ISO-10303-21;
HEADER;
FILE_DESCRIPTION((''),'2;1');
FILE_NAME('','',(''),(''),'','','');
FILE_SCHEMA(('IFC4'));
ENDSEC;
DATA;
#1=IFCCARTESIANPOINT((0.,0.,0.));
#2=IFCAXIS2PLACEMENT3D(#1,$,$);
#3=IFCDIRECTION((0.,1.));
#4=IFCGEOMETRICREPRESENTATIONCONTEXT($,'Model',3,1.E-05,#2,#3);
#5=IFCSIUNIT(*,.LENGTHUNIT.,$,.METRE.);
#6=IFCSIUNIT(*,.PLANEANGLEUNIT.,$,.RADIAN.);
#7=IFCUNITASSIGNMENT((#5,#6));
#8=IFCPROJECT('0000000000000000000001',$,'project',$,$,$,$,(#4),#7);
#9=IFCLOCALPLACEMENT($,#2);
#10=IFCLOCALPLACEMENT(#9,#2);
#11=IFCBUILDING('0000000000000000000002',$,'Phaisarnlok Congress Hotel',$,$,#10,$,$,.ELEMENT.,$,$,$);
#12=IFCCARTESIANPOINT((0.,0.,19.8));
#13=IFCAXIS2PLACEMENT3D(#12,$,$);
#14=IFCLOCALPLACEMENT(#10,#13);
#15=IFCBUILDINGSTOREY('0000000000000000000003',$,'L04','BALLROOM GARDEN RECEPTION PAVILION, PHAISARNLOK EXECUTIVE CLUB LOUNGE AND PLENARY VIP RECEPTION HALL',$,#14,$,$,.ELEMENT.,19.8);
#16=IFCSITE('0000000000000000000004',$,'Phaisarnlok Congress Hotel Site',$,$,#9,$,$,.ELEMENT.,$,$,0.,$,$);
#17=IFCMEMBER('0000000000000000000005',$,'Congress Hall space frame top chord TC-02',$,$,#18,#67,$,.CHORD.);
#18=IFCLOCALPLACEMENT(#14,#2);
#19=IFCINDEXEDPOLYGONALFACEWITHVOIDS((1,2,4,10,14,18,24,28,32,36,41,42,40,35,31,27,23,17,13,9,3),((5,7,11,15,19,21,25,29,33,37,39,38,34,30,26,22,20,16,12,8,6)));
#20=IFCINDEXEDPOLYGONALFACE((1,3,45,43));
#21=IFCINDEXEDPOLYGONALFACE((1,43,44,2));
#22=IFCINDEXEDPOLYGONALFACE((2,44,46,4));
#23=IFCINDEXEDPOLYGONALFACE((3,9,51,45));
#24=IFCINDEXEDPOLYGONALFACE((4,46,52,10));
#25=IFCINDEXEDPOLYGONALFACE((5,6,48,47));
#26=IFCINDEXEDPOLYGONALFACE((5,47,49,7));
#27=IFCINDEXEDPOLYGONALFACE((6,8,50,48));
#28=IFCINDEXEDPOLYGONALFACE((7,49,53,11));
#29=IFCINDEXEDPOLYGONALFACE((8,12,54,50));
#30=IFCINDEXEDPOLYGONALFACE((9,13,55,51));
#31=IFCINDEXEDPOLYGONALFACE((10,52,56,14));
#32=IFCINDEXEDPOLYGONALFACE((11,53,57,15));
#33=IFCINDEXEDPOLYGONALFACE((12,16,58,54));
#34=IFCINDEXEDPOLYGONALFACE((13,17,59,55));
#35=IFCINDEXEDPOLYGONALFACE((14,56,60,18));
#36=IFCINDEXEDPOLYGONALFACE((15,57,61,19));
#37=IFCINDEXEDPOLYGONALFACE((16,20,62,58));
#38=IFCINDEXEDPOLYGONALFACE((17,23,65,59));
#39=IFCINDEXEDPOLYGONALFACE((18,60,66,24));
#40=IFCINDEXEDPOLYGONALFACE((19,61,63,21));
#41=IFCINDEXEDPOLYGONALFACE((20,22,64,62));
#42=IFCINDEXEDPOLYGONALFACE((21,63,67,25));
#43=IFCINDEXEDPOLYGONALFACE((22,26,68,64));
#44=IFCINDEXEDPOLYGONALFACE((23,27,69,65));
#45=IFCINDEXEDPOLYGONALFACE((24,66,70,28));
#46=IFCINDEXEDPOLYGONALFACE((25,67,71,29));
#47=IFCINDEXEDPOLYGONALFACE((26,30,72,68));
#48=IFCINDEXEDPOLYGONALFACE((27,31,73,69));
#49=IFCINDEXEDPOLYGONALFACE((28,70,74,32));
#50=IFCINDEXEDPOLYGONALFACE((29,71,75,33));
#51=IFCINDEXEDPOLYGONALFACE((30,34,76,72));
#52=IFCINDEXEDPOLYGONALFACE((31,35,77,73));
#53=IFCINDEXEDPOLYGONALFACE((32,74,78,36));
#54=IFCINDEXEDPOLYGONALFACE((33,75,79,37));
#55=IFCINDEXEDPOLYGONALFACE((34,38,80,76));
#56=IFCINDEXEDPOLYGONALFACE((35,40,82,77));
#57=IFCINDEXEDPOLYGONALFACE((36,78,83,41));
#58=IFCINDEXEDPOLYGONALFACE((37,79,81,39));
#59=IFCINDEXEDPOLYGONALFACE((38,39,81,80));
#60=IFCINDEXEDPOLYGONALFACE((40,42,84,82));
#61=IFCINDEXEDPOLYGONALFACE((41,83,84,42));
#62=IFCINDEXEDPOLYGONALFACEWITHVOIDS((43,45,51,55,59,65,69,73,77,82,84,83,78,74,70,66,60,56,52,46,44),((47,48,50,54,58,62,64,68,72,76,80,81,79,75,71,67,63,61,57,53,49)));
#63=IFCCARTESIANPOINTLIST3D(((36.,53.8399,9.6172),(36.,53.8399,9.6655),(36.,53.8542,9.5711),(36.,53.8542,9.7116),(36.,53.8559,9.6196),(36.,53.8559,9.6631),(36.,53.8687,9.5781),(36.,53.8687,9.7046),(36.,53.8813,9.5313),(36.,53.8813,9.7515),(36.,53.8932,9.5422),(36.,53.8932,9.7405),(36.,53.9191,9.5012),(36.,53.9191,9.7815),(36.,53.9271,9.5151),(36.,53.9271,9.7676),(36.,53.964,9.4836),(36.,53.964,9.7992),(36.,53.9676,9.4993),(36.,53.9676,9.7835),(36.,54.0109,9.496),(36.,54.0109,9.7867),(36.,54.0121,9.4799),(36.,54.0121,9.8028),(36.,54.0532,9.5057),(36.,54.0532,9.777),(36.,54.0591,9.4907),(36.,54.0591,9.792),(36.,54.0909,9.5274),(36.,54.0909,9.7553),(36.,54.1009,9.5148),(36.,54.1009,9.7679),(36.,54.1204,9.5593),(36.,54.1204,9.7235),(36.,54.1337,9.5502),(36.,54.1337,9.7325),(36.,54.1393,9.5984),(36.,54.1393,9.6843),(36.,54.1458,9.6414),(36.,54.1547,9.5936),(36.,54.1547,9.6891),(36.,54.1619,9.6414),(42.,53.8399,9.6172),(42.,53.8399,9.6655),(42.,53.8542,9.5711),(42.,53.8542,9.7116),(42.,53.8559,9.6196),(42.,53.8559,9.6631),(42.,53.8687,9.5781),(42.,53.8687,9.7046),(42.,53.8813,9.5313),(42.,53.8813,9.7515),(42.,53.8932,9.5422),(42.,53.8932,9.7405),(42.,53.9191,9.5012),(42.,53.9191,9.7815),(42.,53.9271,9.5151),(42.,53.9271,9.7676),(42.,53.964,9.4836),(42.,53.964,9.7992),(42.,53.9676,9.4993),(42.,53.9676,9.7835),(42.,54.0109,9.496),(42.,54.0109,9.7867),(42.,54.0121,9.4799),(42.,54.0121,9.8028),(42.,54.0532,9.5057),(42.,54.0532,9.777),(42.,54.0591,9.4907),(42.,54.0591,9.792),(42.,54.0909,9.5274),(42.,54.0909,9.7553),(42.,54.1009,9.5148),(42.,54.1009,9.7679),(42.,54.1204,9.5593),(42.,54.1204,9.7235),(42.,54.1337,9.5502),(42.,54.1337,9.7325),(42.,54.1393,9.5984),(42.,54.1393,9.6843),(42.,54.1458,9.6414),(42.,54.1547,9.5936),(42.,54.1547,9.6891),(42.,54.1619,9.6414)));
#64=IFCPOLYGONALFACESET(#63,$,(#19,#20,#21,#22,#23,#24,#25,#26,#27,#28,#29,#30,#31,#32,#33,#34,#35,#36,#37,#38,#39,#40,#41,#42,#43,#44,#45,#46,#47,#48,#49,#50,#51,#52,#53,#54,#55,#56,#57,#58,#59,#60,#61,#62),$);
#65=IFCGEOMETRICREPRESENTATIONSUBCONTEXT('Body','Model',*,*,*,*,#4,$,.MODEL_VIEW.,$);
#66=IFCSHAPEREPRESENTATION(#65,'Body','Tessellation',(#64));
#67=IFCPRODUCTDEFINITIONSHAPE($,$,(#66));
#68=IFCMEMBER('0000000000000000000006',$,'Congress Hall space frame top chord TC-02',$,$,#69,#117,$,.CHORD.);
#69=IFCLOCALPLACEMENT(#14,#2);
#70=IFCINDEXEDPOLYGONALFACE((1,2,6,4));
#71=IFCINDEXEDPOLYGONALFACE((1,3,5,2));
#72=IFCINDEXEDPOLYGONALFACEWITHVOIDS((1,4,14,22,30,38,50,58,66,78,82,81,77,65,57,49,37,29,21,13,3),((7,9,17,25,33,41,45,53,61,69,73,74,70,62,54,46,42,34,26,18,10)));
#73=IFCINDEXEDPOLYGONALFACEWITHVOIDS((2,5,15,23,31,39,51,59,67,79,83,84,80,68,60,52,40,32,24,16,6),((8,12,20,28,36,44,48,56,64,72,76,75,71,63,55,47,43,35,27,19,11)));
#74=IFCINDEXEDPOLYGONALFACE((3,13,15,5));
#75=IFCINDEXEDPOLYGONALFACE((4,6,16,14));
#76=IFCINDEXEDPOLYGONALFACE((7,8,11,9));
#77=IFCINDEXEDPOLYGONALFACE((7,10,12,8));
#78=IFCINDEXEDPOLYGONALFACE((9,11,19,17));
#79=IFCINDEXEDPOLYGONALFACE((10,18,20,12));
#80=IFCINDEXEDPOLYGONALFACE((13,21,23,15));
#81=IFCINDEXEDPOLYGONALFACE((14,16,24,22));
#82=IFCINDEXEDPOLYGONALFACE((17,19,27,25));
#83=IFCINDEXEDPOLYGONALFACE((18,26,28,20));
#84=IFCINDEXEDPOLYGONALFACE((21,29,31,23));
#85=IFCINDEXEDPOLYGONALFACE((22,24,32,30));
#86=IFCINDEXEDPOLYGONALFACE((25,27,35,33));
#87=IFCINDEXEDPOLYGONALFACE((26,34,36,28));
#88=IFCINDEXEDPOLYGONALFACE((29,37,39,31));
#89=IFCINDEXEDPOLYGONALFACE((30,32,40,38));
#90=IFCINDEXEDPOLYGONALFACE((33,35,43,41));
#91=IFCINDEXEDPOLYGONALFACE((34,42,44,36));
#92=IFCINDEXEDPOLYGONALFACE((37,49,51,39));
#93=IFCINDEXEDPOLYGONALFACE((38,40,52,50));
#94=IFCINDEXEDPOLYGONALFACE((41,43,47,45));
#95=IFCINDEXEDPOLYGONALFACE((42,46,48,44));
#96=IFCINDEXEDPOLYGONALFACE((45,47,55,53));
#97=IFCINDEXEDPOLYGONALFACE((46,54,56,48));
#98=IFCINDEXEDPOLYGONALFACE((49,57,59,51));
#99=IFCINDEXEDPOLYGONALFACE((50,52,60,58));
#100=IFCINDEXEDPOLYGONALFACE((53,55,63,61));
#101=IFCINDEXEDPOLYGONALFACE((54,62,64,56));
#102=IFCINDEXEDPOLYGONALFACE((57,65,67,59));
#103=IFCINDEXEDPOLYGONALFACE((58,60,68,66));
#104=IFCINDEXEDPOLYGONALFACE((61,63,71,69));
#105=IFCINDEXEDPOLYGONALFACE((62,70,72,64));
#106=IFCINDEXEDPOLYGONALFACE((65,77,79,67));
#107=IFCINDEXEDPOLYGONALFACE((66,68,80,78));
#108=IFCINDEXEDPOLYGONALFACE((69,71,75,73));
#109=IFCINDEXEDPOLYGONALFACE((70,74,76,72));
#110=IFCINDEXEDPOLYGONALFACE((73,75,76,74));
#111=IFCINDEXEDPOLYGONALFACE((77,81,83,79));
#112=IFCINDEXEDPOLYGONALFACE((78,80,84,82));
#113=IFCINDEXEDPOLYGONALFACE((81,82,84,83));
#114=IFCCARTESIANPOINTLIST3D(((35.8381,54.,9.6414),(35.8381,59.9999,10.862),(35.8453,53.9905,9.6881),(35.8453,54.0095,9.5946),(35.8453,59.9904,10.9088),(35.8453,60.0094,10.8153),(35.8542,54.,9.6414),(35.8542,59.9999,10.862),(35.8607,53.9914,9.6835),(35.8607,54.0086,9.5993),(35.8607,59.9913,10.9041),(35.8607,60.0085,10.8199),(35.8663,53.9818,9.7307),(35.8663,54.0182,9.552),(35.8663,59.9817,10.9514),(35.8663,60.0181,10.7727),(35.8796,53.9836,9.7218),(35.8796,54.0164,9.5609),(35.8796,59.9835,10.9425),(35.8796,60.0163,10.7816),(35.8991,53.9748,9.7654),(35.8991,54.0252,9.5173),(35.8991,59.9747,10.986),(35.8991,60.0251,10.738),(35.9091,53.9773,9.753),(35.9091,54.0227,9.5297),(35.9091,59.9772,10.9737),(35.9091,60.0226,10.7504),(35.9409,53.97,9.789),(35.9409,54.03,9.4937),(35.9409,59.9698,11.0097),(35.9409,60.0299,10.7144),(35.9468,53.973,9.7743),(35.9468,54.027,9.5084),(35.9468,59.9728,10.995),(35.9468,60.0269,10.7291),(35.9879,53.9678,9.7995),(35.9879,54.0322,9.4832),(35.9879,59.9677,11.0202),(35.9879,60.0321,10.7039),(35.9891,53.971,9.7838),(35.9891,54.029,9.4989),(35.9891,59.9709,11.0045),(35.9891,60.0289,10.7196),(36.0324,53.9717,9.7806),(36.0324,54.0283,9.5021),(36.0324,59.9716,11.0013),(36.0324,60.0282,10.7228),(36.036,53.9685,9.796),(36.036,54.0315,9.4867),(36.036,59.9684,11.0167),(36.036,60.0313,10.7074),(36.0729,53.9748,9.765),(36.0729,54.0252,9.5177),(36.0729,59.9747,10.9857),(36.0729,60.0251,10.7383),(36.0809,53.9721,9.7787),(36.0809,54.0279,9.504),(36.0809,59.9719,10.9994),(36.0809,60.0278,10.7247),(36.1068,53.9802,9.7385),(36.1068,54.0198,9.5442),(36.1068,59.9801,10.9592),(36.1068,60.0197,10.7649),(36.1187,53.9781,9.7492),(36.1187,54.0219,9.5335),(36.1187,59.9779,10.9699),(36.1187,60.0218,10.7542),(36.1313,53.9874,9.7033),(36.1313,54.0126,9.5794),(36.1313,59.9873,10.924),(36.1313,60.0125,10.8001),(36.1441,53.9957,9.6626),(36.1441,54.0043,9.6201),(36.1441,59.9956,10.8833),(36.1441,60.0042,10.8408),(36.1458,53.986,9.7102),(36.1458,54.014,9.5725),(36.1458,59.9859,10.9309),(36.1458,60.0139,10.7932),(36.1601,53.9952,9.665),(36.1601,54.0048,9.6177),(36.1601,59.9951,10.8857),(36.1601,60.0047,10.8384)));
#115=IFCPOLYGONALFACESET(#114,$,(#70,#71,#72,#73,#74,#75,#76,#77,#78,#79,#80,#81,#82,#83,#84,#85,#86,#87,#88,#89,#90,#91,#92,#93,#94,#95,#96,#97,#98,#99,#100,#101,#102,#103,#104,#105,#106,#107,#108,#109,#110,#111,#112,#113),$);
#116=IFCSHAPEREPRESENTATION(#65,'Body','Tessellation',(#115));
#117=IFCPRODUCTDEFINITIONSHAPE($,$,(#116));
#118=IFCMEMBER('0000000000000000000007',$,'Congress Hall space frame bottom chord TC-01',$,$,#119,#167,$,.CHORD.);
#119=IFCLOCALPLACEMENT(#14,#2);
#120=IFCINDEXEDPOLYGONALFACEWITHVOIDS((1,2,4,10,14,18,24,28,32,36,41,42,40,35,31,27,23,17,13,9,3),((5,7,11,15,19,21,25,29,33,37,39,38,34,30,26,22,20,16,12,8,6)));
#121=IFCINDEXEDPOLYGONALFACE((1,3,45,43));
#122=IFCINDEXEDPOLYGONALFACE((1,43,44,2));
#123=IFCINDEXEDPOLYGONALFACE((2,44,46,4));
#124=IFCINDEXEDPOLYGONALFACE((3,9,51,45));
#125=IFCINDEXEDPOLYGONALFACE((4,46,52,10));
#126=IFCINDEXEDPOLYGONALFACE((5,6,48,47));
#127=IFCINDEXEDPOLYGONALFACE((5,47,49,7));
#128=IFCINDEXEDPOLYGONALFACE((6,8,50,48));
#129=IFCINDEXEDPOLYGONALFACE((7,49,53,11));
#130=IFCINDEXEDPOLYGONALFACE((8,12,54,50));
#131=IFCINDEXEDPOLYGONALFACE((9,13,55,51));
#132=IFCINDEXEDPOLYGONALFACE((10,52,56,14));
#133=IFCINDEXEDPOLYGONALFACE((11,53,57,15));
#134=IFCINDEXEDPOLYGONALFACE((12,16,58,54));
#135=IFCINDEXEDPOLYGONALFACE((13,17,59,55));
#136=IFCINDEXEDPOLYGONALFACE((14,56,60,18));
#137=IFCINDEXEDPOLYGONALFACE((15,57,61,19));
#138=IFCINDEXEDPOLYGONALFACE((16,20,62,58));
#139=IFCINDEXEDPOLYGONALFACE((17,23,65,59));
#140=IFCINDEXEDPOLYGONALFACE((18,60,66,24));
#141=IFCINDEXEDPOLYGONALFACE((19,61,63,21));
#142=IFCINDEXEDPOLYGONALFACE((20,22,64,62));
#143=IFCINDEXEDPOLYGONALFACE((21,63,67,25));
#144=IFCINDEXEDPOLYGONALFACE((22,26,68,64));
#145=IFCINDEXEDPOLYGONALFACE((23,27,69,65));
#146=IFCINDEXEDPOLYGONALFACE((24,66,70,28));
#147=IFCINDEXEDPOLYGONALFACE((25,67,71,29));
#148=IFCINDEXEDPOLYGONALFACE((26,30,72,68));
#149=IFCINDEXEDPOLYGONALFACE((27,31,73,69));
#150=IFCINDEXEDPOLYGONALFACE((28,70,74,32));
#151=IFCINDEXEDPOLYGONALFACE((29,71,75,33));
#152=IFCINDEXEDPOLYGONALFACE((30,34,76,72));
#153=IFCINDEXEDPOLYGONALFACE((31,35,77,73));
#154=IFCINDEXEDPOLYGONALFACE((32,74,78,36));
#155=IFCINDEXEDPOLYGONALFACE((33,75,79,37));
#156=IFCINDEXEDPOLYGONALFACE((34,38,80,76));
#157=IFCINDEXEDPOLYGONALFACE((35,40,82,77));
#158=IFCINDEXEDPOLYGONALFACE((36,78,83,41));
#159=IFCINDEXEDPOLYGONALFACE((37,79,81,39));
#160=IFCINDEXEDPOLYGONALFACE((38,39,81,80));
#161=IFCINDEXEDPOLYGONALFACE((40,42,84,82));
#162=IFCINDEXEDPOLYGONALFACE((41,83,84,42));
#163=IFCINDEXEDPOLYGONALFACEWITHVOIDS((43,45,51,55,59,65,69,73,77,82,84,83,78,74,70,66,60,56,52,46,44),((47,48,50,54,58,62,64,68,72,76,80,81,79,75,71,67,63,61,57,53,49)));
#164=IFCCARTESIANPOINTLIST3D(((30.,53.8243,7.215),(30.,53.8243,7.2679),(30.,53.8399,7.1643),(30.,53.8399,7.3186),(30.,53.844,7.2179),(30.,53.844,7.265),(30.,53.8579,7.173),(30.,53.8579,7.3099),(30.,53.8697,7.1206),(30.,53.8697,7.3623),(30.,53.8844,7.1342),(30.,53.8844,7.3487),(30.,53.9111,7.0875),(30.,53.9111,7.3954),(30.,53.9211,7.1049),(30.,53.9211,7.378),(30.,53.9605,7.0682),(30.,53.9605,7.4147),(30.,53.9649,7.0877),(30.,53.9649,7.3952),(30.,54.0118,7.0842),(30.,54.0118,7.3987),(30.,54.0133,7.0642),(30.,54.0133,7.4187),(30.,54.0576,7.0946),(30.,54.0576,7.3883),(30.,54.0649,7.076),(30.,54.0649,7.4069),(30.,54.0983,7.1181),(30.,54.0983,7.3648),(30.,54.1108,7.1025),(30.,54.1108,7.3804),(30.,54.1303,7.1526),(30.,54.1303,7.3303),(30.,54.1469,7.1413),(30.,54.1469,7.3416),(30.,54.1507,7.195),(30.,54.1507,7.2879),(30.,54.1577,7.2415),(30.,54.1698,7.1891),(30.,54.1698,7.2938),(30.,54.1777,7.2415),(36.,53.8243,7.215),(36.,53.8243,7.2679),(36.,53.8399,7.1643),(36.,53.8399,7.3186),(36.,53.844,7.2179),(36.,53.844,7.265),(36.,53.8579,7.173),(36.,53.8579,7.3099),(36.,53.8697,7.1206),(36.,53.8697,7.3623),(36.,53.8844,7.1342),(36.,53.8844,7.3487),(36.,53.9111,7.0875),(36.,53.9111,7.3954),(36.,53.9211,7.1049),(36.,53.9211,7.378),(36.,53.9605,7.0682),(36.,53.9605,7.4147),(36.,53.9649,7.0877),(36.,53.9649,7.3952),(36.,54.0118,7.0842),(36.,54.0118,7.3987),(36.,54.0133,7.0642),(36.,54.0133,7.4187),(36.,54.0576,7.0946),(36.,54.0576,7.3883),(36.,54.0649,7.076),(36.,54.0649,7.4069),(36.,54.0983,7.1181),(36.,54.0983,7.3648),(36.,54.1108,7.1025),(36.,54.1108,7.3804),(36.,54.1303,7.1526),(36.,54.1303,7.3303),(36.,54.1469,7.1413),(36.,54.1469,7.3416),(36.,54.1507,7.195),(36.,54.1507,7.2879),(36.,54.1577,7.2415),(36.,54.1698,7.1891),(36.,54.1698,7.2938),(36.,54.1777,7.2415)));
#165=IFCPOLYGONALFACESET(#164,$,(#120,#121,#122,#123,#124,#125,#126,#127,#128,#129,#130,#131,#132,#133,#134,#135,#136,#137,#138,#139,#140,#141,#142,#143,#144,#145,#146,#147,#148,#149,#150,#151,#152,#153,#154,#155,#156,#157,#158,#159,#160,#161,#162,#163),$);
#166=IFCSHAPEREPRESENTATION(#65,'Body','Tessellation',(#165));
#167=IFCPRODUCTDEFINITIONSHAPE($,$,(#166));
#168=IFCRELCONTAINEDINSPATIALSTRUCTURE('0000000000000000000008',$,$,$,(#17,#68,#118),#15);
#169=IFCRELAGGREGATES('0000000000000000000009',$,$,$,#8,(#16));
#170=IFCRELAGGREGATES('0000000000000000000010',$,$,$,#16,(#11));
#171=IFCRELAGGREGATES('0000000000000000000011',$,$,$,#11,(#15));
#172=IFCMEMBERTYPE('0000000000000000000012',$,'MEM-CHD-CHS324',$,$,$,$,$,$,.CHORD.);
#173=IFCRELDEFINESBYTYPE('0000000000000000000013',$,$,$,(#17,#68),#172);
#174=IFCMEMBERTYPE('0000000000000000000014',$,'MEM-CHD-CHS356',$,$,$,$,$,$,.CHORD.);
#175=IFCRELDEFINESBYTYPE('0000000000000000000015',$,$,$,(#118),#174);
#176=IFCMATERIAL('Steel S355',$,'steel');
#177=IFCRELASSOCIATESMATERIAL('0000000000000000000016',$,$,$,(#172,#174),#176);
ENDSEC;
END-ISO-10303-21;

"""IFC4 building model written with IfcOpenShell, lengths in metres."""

from ifc_helpers import new_model, si_unit, direction, frame, origin, origin_2d, place, context, subcontext, project, spatial, hollow_circle, extrude, material, material_profile, profile_set, type_object, element, save


model = new_model("IFC4")

# Units and contexts
model_context = context("Model", 3, precision=1e-05, world=origin(), true_north=direction((0.0, 1.0)))
body_context = subcontext(model_context, "Body", "Model", "MODEL_VIEW")
ifc_project = project(units=[si_unit("LENGTHUNIT", "METRE"), si_unit("PLANEANGLEUNIT", "RADIAN")], contexts=[model_context])

# Site, building, storey
site_placement = place(None, origin())
site = spatial("IfcSite", under=ifc_project, at=site_placement, Name="Phaisarnlok Congress Hotel Site", CompositionType="ELEMENT", RefElevation=0.0)
building_placement = place(site_placement, origin())
building = spatial("IfcBuilding", under=site, at=building_placement, Name="Phaisarnlok Congress Hotel", CompositionType="ELEMENT")
storey_placement = place(building_placement, frame((0.0, 0.0, 19.8)))
storey = spatial("IfcBuildingStorey", under=building, at=storey_placement, Name="L04", Description="BALLROOM GARDEN RECEPTION PAVILION, PHAISARNLOK EXECUTIVE CLUB LOUNGE AND PLENARY VIP RECEPTION HALL", CompositionType="ELEMENT", Elevation=19.8)

# Members
ifc_material = material(Name="Steel S355", Category="steel")
ifc_material_profile_1 = material_profile(ifc_material, hollow_circle(Radius=0.1619, WallThickness=0.0161, at=origin_2d()), Name="CHS 323.9x16")
ifc_profile_set_1 = profile_set([ifc_material_profile_1], Name="Steel S355")
member_type_1 = type_object("IfcMemberType", Name="MEM-CHD-CHS324", PredefinedType="CHORD", material=ifc_profile_set_1)
member_1_placement = place(storey_placement, frame((36.0, 54.0, 9.6414), z_axis=(1.0, 0.0, 0.0), x_axis=(0.0, 1.0, 0.0)))
element("IfcMember", 1, at=member_1_placement, inside=storey, type_object=member_type_1, Name="Congress Hall space frame top chord TC-02", PredefinedType="CHORD", context=body_context, shape_type="SweptSolid", body=[
    extrude(hollow_circle(Radius=0.1619, WallThickness=0.0161, at=origin_2d()), origin(), (0.0, 0.0, 1.0), 6.0),
])
member_2_placement = place(storey_placement, frame((36.0, 54.0, 9.6414), z_axis=(0.0, 0.979925, 0.199366), x_axis=(-1.0, 0.0, 0.0)))
element("IfcMember", 2, at=member_2_placement, inside=storey, type_object=member_type_1, Name="Congress Hall space frame top chord TC-02", PredefinedType="CHORD", context=body_context, shape_type="SweptSolid", body=[
    extrude(hollow_circle(Radius=0.1619, WallThickness=0.0161, at=origin_2d()), origin(), (0.0, 0.0, 1.0), 6.1228),
])
ifc_material_profile_2 = material_profile(ifc_material, hollow_circle(Radius=0.1777, WallThickness=0.02, at=origin_2d()), Name="CHS 355.6x20")
ifc_profile_set_2 = profile_set([ifc_material_profile_2], Name="Steel S355")
member_type_2 = type_object("IfcMemberType", Name="MEM-CHD-CHS356", PredefinedType="CHORD", material=ifc_profile_set_2)
member_3_placement = place(storey_placement, frame((30.0, 54.0, 7.2415), z_axis=(1.0, 0.0, 0.0), x_axis=(0.0, 1.0, 0.0)))
element("IfcMember", 3, at=member_3_placement, inside=storey, type_object=member_type_2, Name="Congress Hall space frame bottom chord TC-01", PredefinedType="CHORD", context=body_context, shape_type="SweptSolid", body=[
    extrude(hollow_circle(Radius=0.1777, WallThickness=0.02, at=origin_2d()), origin(), (0.0, 0.0, 1.0), 6.0),
])

save(model, "model.ifc")
